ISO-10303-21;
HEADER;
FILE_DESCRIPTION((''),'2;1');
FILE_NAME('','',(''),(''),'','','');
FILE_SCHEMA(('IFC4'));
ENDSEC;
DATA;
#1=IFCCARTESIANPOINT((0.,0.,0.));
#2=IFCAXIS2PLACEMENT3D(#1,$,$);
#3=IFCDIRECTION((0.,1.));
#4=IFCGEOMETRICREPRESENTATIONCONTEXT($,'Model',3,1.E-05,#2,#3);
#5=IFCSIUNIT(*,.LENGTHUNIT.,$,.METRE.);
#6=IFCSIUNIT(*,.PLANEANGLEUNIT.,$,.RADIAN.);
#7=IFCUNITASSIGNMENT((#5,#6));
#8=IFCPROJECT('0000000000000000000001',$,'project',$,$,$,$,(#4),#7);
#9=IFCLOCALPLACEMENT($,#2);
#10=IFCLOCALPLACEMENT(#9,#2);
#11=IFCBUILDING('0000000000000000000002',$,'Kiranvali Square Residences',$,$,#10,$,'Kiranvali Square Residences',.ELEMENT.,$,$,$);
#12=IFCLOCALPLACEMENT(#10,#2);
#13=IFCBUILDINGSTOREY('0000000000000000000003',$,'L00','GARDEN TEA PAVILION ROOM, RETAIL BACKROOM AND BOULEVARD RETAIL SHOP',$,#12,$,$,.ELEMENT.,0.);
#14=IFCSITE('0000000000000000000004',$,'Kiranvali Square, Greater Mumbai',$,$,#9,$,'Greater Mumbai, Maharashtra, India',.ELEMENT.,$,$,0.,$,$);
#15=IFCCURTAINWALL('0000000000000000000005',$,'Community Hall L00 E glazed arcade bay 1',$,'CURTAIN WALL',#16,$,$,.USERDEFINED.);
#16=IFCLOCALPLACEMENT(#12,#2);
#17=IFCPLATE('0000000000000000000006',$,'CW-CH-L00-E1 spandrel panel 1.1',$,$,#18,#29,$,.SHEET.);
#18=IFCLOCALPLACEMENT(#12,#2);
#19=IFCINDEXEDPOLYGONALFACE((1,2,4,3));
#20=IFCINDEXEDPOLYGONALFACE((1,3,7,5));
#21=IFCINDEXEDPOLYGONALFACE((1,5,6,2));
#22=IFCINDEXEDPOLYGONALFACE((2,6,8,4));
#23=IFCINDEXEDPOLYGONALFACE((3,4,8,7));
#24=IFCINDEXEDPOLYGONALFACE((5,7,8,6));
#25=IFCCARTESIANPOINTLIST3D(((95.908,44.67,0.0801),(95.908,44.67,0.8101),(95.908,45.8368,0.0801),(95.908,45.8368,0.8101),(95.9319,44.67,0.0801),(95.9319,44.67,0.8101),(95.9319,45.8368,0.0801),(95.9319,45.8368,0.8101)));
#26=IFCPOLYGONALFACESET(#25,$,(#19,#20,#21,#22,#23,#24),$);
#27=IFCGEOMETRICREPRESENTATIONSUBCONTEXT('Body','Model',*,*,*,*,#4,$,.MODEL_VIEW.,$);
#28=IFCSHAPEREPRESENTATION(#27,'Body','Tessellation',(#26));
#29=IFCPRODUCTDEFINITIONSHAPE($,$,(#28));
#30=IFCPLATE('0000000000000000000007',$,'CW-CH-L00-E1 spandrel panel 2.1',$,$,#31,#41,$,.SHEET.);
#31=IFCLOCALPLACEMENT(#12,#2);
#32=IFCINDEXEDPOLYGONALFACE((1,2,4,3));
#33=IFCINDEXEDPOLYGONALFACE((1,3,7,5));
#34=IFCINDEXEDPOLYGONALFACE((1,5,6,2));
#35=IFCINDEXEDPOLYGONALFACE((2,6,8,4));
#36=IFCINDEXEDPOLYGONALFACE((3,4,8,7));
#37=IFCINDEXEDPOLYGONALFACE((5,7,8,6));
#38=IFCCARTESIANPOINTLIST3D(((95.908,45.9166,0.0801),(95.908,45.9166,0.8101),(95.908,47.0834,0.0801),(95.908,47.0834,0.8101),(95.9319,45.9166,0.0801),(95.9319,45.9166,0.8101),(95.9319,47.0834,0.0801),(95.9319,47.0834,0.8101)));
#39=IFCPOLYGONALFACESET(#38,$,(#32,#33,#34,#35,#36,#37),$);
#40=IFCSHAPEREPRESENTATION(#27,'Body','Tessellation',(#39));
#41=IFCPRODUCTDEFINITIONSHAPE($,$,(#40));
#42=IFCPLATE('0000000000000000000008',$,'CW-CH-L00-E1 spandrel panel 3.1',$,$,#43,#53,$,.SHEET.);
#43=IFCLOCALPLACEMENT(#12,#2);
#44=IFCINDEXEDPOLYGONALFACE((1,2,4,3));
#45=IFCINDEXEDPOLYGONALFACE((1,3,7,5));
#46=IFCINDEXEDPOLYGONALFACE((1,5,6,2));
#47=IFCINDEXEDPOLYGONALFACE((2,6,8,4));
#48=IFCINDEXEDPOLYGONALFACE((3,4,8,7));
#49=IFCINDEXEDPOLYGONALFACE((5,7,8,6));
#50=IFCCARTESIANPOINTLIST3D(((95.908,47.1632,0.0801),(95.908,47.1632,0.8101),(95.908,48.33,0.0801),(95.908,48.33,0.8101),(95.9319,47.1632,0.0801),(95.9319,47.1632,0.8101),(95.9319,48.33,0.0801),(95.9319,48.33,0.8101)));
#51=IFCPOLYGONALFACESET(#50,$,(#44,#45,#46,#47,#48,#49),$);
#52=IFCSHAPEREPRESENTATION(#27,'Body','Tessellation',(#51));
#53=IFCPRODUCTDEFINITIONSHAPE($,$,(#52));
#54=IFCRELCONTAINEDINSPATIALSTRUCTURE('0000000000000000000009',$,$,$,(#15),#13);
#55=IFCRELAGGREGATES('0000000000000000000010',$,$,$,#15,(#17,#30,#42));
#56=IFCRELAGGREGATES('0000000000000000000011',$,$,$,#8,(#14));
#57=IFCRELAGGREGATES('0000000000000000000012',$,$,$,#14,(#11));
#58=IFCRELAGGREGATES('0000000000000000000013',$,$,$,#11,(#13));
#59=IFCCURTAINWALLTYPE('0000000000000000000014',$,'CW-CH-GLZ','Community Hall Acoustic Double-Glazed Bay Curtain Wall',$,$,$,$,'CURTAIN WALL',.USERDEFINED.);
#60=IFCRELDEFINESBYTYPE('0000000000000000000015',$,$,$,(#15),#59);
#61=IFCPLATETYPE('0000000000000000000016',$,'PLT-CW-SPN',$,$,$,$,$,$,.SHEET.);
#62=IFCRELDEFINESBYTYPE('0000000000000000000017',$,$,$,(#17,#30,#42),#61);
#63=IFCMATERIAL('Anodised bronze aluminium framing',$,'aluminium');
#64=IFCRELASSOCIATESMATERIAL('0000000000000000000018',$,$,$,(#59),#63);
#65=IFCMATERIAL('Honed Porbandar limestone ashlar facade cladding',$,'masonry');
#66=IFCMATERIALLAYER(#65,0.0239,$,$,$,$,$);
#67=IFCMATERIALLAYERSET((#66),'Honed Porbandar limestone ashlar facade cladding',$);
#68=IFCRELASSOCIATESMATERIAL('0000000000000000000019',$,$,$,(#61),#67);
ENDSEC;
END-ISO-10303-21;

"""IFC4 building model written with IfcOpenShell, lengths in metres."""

from ifc_helpers import new_model, si_unit, direction, frame, origin, origin_2d, place, context, subcontext, project, spatial, rectangle, extrude, material, layer, layer_set, type_object, element, aggregate, save


model = new_model("IFC4")

# Units and contexts
model_context = context("Model", 3, precision=1e-05, world=origin(), true_north=direction((0.0, 1.0)))
body_context = subcontext(model_context, "Body", "Model", "MODEL_VIEW")
ifc_project = project(units=[si_unit("LENGTHUNIT", "METRE"), si_unit("PLANEANGLEUNIT", "RADIAN")], contexts=[model_context])

# Site, building, storey
site_placement = place(None, origin())
site = spatial("IfcSite", under=ifc_project, at=site_placement, Name="Kiranvali Square, Greater Mumbai", LongName="Greater Mumbai, Maharashtra, India", CompositionType="ELEMENT", RefElevation=0.0)
building_placement = place(site_placement, origin())
building = spatial("IfcBuilding", under=site, at=building_placement, Name="Kiranvali Square Residences", LongName="Kiranvali Square Residences", CompositionType="ELEMENT")
storey_placement = place(building_placement, origin())
storey = spatial("IfcBuildingStorey", under=building, at=storey_placement, Name="L00", Description="GARDEN TEA PAVILION ROOM, RETAIL BACKROOM AND BOULEVARD RETAIL SHOP", CompositionType="ELEMENT", Elevation=0.0)

# Curtain wall
ifc_material_1 = material(Name="Anodised bronze aluminium framing", Category="aluminium")
curtain_wall_type = type_object("IfcCurtainWallType", Name="CW-CH-GLZ", Description="Community Hall Acoustic Double-Glazed Bay Curtain Wall", ElementType="CURTAIN WALL", PredefinedType="USERDEFINED", material=ifc_material_1)
curtain_wall_1_placement = place(storey_placement, origin())
curtain_wall_1 = element("IfcCurtainWall", 1, at=curtain_wall_1_placement, inside=storey, type_object=curtain_wall_type, Name="Community Hall L00 E glazed arcade bay 1", ObjectType="CURTAIN WALL", PredefinedType="USERDEFINED")

# Plates
ifc_material_2 = material(Name="Honed Porbandar limestone ashlar facade cladding", Category="masonry")
ifc_layer_1 = layer(ifc_material_2, 0.0239)
ifc_layer_set_1 = layer_set([ifc_layer_1], Name="Honed Porbandar limestone ashlar facade cladding")
plate_type_1 = type_object("IfcPlateType", Name="PLT-CW-SPN", PredefinedType="SHEET", material=ifc_layer_set_1)
plate_1_placement = place(storey_placement, frame((95.9199, 45.2534, 0.0801), z_axis=(0.0, 0.0, 1.0), x_axis=(0.0, 1.0, 0.0)))
plate_1 = element("IfcPlate", 2, at=plate_1_placement, type_object=plate_type_1, Name="CW-CH-L00-E1 spandrel panel 1.1", PredefinedType="SHEET", context=body_context, shape_type="SweptSolid", body=[
    extrude(rectangle(XDim=1.1667, YDim=0.0239, at=origin_2d()), origin(), (0.0, 0.0, 1.0), 0.73),
])
plate_2_placement = place(storey_placement, frame((95.9199, 46.5, 0.0801), z_axis=(0.0, 0.0, 1.0), x_axis=(0.0, 1.0, 0.0)))
plate_2 = element("IfcPlate", 3, at=plate_2_placement, type_object=plate_type_1, Name="CW-CH-L00-E1 spandrel panel 2.1", PredefinedType="SHEET", context=body_context, shape_type="SweptSolid", body=[
    extrude(rectangle(XDim=1.1667, YDim=0.0239, at=origin_2d()), origin(), (0.0, 0.0, 1.0), 0.73),
])
plate_3_placement = place(storey_placement, frame((95.9199, 47.7466, 0.0801), z_axis=(0.0, 0.0, 1.0), x_axis=(0.0, 1.0, 0.0)))
plate_3 = element("IfcPlate", 4, at=plate_3_placement, type_object=plate_type_1, Name="CW-CH-L00-E1 spandrel panel 3.1", PredefinedType="SHEET", context=body_context, shape_type="SweptSolid", body=[
    extrude(rectangle(XDim=1.1667, YDim=0.0239, at=origin_2d()), origin(), (0.0, 0.0, 1.0), 0.73),
])
aggregate(curtain_wall_1, [plate_1, plate_2, plate_3])

save(model, "model.ifc")
